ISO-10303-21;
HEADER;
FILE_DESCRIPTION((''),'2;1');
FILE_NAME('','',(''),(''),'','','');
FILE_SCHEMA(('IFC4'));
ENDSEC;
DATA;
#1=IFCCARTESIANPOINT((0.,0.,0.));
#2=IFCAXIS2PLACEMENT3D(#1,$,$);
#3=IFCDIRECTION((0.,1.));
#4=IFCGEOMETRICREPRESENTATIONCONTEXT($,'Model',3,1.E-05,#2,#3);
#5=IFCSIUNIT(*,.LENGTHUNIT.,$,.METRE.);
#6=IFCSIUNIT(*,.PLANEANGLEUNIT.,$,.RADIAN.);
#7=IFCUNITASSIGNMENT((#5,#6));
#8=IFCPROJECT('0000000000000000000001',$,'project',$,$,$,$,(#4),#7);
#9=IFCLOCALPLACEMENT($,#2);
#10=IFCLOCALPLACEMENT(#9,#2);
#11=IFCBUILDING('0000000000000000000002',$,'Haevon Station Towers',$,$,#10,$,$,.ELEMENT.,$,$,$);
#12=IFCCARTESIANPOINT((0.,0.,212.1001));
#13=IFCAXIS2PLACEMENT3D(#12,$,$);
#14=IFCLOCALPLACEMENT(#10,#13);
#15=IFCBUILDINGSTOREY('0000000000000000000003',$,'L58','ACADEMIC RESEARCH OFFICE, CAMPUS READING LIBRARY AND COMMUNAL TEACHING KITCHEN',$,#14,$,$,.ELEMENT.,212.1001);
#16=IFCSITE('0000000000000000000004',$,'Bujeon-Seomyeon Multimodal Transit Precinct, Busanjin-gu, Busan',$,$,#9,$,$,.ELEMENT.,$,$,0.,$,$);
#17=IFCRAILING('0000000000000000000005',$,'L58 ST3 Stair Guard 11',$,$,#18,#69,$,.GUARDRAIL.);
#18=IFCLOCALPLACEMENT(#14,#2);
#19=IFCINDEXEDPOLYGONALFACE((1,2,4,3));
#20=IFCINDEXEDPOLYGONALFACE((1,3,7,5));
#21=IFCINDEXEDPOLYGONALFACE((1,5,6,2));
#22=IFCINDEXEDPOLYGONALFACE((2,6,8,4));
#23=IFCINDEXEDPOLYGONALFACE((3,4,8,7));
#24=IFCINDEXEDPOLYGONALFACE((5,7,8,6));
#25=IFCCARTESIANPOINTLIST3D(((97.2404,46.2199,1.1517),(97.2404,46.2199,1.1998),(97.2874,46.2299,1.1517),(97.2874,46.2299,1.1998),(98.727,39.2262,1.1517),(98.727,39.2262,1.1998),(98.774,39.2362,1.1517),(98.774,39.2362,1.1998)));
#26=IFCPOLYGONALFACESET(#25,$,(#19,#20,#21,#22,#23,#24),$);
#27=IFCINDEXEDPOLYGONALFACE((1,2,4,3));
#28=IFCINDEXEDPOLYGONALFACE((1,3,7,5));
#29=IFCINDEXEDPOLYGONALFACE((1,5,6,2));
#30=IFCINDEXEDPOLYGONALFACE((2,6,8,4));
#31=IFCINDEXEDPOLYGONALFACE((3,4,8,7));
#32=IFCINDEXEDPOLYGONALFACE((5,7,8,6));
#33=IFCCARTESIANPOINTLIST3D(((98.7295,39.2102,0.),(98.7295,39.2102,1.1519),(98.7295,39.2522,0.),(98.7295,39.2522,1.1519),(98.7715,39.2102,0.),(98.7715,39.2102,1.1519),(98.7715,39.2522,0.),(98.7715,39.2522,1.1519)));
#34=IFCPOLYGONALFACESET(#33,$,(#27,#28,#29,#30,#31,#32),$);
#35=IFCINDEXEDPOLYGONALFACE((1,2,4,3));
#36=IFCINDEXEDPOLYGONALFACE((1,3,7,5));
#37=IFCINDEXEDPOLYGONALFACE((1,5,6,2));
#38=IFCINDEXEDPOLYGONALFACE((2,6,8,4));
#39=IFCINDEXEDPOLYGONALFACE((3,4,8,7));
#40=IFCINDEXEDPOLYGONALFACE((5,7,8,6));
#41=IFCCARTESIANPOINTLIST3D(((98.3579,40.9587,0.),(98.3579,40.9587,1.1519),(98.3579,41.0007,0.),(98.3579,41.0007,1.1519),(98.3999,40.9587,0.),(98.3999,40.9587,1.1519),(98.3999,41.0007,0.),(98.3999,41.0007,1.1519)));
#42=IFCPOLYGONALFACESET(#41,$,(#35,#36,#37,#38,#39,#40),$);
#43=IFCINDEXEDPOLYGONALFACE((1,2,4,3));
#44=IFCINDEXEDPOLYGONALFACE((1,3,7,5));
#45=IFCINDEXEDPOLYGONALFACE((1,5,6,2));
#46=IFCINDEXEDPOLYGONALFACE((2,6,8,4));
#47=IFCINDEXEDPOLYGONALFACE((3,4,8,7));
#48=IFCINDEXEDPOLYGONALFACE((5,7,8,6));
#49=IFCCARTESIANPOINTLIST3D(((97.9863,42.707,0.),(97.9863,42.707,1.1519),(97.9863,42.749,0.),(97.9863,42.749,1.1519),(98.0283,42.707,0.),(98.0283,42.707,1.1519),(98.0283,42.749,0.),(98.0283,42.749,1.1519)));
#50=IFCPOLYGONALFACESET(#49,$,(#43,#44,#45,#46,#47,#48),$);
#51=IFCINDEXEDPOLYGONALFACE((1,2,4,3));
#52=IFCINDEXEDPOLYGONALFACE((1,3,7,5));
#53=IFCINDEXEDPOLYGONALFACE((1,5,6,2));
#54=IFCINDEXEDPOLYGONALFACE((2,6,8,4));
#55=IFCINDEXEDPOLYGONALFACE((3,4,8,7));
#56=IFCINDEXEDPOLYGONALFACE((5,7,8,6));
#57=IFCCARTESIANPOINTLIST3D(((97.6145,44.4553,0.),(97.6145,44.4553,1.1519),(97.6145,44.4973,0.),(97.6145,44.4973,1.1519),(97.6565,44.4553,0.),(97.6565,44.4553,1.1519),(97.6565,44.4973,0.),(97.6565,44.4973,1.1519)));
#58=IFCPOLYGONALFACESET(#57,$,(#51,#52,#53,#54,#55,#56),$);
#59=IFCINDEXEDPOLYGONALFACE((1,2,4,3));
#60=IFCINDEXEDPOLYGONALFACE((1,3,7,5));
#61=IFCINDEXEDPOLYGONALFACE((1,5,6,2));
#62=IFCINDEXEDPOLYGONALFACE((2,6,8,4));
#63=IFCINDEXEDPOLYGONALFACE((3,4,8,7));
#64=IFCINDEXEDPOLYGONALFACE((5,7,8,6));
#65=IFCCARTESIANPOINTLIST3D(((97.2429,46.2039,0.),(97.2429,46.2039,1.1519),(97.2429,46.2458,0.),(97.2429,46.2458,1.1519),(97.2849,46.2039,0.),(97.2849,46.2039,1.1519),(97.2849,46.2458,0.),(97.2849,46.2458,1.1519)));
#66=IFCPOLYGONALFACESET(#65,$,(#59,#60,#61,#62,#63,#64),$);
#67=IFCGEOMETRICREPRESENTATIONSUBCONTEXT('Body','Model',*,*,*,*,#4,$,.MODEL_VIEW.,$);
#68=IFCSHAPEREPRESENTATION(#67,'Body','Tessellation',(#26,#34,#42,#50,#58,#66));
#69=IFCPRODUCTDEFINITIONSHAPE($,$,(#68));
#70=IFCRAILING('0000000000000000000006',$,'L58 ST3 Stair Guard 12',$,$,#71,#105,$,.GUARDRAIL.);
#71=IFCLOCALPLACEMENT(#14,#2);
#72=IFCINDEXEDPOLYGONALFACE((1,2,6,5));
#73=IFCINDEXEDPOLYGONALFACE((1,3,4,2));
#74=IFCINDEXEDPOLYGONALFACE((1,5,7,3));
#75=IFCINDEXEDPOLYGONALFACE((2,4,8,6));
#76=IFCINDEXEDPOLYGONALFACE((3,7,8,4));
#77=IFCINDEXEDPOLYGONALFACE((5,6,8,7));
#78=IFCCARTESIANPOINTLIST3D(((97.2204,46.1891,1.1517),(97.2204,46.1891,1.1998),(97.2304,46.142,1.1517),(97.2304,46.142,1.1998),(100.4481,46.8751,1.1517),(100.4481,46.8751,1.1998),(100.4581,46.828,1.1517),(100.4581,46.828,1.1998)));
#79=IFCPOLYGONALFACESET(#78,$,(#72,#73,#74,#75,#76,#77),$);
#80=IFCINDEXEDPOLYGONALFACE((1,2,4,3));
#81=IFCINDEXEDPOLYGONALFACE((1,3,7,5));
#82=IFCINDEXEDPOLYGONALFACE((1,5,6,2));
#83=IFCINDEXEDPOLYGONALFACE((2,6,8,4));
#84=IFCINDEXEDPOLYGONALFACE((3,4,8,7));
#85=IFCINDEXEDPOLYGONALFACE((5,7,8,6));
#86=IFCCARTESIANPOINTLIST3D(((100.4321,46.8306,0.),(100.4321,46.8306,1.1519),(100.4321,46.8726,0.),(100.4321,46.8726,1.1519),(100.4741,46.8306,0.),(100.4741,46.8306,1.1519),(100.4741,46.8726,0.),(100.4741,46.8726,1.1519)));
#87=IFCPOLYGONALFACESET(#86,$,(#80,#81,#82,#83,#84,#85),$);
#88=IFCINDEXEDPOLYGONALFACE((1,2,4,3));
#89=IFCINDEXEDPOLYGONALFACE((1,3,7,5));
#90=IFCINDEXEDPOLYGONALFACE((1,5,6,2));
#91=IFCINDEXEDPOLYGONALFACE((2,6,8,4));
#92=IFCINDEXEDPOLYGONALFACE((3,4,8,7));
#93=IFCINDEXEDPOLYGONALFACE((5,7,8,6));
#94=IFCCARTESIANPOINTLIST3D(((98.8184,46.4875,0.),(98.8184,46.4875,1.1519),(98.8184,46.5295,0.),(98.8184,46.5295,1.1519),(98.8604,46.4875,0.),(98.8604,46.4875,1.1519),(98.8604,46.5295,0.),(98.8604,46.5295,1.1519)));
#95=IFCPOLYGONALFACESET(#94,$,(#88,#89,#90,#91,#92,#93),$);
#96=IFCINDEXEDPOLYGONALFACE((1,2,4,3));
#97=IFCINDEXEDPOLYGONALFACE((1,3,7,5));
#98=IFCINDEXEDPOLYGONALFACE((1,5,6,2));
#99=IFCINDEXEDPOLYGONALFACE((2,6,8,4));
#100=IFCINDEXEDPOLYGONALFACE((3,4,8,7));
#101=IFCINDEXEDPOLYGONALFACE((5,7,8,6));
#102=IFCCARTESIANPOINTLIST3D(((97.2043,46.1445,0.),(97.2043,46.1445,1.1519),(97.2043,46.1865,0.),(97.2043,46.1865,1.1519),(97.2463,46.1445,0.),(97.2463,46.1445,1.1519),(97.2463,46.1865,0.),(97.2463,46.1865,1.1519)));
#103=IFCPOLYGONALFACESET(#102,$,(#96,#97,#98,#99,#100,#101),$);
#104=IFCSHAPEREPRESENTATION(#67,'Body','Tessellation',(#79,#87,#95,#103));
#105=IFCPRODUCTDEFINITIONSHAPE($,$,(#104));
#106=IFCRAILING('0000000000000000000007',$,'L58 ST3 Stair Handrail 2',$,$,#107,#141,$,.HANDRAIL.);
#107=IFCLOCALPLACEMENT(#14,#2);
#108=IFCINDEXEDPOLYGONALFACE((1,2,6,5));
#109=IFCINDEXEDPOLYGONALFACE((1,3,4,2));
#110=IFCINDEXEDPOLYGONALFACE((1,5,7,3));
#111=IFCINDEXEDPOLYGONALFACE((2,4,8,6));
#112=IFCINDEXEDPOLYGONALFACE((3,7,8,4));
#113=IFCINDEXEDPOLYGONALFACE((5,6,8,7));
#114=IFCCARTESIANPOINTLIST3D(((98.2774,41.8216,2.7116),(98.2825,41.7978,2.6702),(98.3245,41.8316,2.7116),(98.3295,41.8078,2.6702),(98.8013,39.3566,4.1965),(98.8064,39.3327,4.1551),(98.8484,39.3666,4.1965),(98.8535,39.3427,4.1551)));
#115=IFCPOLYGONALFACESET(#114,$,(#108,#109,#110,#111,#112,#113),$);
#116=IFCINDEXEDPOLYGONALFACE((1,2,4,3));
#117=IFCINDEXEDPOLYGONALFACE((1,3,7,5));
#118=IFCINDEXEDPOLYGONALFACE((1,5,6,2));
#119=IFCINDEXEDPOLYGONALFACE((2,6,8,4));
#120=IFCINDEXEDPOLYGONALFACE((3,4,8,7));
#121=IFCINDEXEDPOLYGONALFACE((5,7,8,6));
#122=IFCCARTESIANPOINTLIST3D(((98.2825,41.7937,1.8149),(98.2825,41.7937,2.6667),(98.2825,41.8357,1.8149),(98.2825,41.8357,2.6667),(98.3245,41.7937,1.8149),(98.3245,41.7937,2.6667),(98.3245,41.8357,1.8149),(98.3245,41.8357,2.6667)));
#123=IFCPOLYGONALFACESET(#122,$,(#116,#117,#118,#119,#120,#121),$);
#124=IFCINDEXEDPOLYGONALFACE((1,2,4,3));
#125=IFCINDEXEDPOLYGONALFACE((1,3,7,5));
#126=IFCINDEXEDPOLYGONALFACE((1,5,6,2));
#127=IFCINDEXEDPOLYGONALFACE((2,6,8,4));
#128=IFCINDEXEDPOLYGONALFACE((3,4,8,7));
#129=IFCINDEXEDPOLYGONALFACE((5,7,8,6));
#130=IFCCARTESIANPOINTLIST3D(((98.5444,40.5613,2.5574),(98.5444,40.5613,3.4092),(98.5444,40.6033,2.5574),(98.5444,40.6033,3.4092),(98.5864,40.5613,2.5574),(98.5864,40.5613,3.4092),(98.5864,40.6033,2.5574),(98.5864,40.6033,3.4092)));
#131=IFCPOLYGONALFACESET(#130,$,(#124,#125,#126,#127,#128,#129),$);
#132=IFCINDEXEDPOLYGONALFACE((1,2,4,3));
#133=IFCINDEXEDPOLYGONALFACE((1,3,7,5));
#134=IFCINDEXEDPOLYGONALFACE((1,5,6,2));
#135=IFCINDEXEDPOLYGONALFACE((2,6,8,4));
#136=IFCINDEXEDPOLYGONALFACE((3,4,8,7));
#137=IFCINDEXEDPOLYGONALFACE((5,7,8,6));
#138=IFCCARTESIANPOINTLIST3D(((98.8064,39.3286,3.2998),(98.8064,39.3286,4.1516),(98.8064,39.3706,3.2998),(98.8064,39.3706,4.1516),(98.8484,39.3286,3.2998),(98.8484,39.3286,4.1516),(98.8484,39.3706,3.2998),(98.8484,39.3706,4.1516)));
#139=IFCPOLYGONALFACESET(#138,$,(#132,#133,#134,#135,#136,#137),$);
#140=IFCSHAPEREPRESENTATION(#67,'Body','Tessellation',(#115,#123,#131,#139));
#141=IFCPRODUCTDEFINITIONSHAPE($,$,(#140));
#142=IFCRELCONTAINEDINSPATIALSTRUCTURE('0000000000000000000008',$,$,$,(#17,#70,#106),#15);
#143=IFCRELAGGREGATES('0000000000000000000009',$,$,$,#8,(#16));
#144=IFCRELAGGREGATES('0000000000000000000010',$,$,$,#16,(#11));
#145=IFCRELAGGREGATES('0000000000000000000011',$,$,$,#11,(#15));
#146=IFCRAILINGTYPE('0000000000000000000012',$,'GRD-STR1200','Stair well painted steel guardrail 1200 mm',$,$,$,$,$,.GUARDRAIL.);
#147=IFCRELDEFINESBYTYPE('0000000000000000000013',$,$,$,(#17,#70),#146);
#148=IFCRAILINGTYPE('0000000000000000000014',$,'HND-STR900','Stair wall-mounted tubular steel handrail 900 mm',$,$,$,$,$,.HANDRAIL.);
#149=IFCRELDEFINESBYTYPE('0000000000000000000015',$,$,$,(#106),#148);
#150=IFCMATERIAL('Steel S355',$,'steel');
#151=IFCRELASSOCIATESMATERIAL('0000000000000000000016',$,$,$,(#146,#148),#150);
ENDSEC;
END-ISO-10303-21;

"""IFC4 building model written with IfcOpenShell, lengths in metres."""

from ifc_helpers import new_model, si_unit, direction, frame, origin, origin_2d, place, context, subcontext, project, spatial, rectangle, extrude, material, type_object, element, save


model = new_model("IFC4")

# Units and contexts
model_context = context("Model", 3, precision=1e-05, world=origin(), true_north=direction((0.0, 1.0)))
body_context = subcontext(model_context, "Body", "Model", "MODEL_VIEW")
ifc_project = project(units=[si_unit("LENGTHUNIT", "METRE"), si_unit("PLANEANGLEUNIT", "RADIAN")], contexts=[model_context])

# Site, building, storey
site_placement = place(None, origin())
site = spatial("IfcSite", under=ifc_project, at=site_placement, Name="Bujeon-Seomyeon Multimodal Transit Precinct, Busanjin-gu, Busan", CompositionType="ELEMENT", RefElevation=0.0)
building_placement = place(site_placement, origin())
building = spatial("IfcBuilding", under=site, at=building_placement, Name="Haevon Station Towers", CompositionType="ELEMENT")
storey_placement = place(building_placement, frame((0.0, 0.0, 212.1001)))
storey = spatial("IfcBuildingStorey", under=building, at=storey_placement, Name="L58", Description="ACADEMIC RESEARCH OFFICE, CAMPUS READING LIBRARY AND COMMUNAL TEACHING KITCHEN", CompositionType="ELEMENT", Elevation=212.1001)

# Shared definitions
ifc_material_1 = material(Name="Steel S355", Category="steel")

# Railings
railing_type_1 = type_object("IfcRailingType", Name="GRD-STR1200", Description="Stair well painted steel guardrail 1200 mm", PredefinedType="GUARDRAIL", material=ifc_material_1)
railing_1_placement = place(storey_placement, frame((98.7505, 39.2312, 0.0)))
element("IfcRailing", 1, at=railing_1_placement, inside=storey, type_object=railing_type_1, Name="L58 ST3 Stair Guard 11", PredefinedType="GUARDRAIL", context=body_context, shape_type="SweptSolid", body=[
    extrude(rectangle(XDim=0.0481, YDim=0.0481, at=origin_2d()), frame((0.0, 0.0, 1.1758), z_axis=(-0.207915, 0.978147, 0.0), x_axis=(-0.978147, -0.207915, 0.0)), (0.0, 0.0, 1.0), 7.1499),
    extrude(rectangle(XDim=0.042, YDim=0.042, at=origin_2d()), origin(), (0.0, 0.0, 1.0), 1.1519),
    extrude(rectangle(XDim=0.042, YDim=0.042, at=origin_2d()), frame((-0.3716, 1.7485, 0.0)), (0.0, 0.0, 1.0), 1.1519),
    extrude(rectangle(XDim=0.042, YDim=0.042, at=origin_2d()), frame((-0.7432, 3.4968, 0.0)), (0.0, 0.0, 1.0), 1.1519),
    extrude(rectangle(XDim=0.042, YDim=0.042, at=origin_2d()), frame((-1.115, 5.2451, 0.0)), (0.0, 0.0, 1.0), 1.1519),
    extrude(rectangle(XDim=0.042, YDim=0.042, at=origin_2d()), frame((-1.4866, 6.9937, 0.0)), (0.0, 0.0, 1.0), 1.1519),
])
railing_2_placement = place(storey_placement, frame((100.4531, 46.8516, 0.0)))
element("IfcRailing", 2, at=railing_2_placement, inside=storey, type_object=railing_type_1, Name="L58 ST3 Stair Guard 12", PredefinedType="GUARDRAIL", context=body_context, shape_type="SweptSolid", body=[
    extrude(rectangle(XDim=0.0481, YDim=0.0481, at=origin_2d()), frame((0.0, 0.0, 1.1758), z_axis=(-0.978151, -0.207897, 0.0), x_axis=(0.207897, -0.978151, 0.0)), (0.0, 0.0, 1.0), 3.2998),
    extrude(rectangle(XDim=0.042, YDim=0.042, at=origin_2d()), origin(), (0.0, 0.0, 1.0), 1.1519),
    extrude(rectangle(XDim=0.042, YDim=0.042, at=origin_2d()), frame((-1.6138, -0.343, 0.0)), (0.0, 0.0, 1.0), 1.1519),
    extrude(rectangle(XDim=0.042, YDim=0.042, at=origin_2d()), frame((-3.2278, -0.686, 0.0)), (0.0, 0.0, 1.0), 1.1519),
])
railing_type_2 = type_object("IfcRailingType", Name="HND-STR900", Description="Stair wall-mounted tubular steel handrail 900 mm", PredefinedType="HANDRAIL", material=ifc_material_1)
railing_3_placement = place(storey_placement, frame((98.3035, 41.8147, 1.8149)))
element("IfcRailing", 3, at=railing_3_placement, inside=storey, type_object=railing_type_2, Name="L58 ST3 Stair Handrail 2", PredefinedType="HANDRAIL", context=body_context, shape_type="SweptSolid", body=[
    extrude(rectangle(XDim=0.0481, YDim=0.0481, at=origin_2d()), frame((0.0, 0.0, 0.876), z_axis=(0.179116, -0.842748, 0.507635), x_axis=(0.978151, 0.207895, 0.0)), (0.0, 0.0, 1.0), 2.925),
    extrude(rectangle(XDim=0.042, YDim=0.042, at=origin_2d()), origin(), (0.0, 0.0, 1.0), 0.8518),
    extrude(rectangle(XDim=0.042, YDim=0.042, at=origin_2d()), frame((0.262, -1.2324, 0.7424)), (0.0, 0.0, 1.0), 0.8518),
    extrude(rectangle(XDim=0.042, YDim=0.042, at=origin_2d()), frame((0.5239, -2.4651, 1.4849)), (0.0, 0.0, 1.0), 0.8518),
])

save(model, "model.ifc")
